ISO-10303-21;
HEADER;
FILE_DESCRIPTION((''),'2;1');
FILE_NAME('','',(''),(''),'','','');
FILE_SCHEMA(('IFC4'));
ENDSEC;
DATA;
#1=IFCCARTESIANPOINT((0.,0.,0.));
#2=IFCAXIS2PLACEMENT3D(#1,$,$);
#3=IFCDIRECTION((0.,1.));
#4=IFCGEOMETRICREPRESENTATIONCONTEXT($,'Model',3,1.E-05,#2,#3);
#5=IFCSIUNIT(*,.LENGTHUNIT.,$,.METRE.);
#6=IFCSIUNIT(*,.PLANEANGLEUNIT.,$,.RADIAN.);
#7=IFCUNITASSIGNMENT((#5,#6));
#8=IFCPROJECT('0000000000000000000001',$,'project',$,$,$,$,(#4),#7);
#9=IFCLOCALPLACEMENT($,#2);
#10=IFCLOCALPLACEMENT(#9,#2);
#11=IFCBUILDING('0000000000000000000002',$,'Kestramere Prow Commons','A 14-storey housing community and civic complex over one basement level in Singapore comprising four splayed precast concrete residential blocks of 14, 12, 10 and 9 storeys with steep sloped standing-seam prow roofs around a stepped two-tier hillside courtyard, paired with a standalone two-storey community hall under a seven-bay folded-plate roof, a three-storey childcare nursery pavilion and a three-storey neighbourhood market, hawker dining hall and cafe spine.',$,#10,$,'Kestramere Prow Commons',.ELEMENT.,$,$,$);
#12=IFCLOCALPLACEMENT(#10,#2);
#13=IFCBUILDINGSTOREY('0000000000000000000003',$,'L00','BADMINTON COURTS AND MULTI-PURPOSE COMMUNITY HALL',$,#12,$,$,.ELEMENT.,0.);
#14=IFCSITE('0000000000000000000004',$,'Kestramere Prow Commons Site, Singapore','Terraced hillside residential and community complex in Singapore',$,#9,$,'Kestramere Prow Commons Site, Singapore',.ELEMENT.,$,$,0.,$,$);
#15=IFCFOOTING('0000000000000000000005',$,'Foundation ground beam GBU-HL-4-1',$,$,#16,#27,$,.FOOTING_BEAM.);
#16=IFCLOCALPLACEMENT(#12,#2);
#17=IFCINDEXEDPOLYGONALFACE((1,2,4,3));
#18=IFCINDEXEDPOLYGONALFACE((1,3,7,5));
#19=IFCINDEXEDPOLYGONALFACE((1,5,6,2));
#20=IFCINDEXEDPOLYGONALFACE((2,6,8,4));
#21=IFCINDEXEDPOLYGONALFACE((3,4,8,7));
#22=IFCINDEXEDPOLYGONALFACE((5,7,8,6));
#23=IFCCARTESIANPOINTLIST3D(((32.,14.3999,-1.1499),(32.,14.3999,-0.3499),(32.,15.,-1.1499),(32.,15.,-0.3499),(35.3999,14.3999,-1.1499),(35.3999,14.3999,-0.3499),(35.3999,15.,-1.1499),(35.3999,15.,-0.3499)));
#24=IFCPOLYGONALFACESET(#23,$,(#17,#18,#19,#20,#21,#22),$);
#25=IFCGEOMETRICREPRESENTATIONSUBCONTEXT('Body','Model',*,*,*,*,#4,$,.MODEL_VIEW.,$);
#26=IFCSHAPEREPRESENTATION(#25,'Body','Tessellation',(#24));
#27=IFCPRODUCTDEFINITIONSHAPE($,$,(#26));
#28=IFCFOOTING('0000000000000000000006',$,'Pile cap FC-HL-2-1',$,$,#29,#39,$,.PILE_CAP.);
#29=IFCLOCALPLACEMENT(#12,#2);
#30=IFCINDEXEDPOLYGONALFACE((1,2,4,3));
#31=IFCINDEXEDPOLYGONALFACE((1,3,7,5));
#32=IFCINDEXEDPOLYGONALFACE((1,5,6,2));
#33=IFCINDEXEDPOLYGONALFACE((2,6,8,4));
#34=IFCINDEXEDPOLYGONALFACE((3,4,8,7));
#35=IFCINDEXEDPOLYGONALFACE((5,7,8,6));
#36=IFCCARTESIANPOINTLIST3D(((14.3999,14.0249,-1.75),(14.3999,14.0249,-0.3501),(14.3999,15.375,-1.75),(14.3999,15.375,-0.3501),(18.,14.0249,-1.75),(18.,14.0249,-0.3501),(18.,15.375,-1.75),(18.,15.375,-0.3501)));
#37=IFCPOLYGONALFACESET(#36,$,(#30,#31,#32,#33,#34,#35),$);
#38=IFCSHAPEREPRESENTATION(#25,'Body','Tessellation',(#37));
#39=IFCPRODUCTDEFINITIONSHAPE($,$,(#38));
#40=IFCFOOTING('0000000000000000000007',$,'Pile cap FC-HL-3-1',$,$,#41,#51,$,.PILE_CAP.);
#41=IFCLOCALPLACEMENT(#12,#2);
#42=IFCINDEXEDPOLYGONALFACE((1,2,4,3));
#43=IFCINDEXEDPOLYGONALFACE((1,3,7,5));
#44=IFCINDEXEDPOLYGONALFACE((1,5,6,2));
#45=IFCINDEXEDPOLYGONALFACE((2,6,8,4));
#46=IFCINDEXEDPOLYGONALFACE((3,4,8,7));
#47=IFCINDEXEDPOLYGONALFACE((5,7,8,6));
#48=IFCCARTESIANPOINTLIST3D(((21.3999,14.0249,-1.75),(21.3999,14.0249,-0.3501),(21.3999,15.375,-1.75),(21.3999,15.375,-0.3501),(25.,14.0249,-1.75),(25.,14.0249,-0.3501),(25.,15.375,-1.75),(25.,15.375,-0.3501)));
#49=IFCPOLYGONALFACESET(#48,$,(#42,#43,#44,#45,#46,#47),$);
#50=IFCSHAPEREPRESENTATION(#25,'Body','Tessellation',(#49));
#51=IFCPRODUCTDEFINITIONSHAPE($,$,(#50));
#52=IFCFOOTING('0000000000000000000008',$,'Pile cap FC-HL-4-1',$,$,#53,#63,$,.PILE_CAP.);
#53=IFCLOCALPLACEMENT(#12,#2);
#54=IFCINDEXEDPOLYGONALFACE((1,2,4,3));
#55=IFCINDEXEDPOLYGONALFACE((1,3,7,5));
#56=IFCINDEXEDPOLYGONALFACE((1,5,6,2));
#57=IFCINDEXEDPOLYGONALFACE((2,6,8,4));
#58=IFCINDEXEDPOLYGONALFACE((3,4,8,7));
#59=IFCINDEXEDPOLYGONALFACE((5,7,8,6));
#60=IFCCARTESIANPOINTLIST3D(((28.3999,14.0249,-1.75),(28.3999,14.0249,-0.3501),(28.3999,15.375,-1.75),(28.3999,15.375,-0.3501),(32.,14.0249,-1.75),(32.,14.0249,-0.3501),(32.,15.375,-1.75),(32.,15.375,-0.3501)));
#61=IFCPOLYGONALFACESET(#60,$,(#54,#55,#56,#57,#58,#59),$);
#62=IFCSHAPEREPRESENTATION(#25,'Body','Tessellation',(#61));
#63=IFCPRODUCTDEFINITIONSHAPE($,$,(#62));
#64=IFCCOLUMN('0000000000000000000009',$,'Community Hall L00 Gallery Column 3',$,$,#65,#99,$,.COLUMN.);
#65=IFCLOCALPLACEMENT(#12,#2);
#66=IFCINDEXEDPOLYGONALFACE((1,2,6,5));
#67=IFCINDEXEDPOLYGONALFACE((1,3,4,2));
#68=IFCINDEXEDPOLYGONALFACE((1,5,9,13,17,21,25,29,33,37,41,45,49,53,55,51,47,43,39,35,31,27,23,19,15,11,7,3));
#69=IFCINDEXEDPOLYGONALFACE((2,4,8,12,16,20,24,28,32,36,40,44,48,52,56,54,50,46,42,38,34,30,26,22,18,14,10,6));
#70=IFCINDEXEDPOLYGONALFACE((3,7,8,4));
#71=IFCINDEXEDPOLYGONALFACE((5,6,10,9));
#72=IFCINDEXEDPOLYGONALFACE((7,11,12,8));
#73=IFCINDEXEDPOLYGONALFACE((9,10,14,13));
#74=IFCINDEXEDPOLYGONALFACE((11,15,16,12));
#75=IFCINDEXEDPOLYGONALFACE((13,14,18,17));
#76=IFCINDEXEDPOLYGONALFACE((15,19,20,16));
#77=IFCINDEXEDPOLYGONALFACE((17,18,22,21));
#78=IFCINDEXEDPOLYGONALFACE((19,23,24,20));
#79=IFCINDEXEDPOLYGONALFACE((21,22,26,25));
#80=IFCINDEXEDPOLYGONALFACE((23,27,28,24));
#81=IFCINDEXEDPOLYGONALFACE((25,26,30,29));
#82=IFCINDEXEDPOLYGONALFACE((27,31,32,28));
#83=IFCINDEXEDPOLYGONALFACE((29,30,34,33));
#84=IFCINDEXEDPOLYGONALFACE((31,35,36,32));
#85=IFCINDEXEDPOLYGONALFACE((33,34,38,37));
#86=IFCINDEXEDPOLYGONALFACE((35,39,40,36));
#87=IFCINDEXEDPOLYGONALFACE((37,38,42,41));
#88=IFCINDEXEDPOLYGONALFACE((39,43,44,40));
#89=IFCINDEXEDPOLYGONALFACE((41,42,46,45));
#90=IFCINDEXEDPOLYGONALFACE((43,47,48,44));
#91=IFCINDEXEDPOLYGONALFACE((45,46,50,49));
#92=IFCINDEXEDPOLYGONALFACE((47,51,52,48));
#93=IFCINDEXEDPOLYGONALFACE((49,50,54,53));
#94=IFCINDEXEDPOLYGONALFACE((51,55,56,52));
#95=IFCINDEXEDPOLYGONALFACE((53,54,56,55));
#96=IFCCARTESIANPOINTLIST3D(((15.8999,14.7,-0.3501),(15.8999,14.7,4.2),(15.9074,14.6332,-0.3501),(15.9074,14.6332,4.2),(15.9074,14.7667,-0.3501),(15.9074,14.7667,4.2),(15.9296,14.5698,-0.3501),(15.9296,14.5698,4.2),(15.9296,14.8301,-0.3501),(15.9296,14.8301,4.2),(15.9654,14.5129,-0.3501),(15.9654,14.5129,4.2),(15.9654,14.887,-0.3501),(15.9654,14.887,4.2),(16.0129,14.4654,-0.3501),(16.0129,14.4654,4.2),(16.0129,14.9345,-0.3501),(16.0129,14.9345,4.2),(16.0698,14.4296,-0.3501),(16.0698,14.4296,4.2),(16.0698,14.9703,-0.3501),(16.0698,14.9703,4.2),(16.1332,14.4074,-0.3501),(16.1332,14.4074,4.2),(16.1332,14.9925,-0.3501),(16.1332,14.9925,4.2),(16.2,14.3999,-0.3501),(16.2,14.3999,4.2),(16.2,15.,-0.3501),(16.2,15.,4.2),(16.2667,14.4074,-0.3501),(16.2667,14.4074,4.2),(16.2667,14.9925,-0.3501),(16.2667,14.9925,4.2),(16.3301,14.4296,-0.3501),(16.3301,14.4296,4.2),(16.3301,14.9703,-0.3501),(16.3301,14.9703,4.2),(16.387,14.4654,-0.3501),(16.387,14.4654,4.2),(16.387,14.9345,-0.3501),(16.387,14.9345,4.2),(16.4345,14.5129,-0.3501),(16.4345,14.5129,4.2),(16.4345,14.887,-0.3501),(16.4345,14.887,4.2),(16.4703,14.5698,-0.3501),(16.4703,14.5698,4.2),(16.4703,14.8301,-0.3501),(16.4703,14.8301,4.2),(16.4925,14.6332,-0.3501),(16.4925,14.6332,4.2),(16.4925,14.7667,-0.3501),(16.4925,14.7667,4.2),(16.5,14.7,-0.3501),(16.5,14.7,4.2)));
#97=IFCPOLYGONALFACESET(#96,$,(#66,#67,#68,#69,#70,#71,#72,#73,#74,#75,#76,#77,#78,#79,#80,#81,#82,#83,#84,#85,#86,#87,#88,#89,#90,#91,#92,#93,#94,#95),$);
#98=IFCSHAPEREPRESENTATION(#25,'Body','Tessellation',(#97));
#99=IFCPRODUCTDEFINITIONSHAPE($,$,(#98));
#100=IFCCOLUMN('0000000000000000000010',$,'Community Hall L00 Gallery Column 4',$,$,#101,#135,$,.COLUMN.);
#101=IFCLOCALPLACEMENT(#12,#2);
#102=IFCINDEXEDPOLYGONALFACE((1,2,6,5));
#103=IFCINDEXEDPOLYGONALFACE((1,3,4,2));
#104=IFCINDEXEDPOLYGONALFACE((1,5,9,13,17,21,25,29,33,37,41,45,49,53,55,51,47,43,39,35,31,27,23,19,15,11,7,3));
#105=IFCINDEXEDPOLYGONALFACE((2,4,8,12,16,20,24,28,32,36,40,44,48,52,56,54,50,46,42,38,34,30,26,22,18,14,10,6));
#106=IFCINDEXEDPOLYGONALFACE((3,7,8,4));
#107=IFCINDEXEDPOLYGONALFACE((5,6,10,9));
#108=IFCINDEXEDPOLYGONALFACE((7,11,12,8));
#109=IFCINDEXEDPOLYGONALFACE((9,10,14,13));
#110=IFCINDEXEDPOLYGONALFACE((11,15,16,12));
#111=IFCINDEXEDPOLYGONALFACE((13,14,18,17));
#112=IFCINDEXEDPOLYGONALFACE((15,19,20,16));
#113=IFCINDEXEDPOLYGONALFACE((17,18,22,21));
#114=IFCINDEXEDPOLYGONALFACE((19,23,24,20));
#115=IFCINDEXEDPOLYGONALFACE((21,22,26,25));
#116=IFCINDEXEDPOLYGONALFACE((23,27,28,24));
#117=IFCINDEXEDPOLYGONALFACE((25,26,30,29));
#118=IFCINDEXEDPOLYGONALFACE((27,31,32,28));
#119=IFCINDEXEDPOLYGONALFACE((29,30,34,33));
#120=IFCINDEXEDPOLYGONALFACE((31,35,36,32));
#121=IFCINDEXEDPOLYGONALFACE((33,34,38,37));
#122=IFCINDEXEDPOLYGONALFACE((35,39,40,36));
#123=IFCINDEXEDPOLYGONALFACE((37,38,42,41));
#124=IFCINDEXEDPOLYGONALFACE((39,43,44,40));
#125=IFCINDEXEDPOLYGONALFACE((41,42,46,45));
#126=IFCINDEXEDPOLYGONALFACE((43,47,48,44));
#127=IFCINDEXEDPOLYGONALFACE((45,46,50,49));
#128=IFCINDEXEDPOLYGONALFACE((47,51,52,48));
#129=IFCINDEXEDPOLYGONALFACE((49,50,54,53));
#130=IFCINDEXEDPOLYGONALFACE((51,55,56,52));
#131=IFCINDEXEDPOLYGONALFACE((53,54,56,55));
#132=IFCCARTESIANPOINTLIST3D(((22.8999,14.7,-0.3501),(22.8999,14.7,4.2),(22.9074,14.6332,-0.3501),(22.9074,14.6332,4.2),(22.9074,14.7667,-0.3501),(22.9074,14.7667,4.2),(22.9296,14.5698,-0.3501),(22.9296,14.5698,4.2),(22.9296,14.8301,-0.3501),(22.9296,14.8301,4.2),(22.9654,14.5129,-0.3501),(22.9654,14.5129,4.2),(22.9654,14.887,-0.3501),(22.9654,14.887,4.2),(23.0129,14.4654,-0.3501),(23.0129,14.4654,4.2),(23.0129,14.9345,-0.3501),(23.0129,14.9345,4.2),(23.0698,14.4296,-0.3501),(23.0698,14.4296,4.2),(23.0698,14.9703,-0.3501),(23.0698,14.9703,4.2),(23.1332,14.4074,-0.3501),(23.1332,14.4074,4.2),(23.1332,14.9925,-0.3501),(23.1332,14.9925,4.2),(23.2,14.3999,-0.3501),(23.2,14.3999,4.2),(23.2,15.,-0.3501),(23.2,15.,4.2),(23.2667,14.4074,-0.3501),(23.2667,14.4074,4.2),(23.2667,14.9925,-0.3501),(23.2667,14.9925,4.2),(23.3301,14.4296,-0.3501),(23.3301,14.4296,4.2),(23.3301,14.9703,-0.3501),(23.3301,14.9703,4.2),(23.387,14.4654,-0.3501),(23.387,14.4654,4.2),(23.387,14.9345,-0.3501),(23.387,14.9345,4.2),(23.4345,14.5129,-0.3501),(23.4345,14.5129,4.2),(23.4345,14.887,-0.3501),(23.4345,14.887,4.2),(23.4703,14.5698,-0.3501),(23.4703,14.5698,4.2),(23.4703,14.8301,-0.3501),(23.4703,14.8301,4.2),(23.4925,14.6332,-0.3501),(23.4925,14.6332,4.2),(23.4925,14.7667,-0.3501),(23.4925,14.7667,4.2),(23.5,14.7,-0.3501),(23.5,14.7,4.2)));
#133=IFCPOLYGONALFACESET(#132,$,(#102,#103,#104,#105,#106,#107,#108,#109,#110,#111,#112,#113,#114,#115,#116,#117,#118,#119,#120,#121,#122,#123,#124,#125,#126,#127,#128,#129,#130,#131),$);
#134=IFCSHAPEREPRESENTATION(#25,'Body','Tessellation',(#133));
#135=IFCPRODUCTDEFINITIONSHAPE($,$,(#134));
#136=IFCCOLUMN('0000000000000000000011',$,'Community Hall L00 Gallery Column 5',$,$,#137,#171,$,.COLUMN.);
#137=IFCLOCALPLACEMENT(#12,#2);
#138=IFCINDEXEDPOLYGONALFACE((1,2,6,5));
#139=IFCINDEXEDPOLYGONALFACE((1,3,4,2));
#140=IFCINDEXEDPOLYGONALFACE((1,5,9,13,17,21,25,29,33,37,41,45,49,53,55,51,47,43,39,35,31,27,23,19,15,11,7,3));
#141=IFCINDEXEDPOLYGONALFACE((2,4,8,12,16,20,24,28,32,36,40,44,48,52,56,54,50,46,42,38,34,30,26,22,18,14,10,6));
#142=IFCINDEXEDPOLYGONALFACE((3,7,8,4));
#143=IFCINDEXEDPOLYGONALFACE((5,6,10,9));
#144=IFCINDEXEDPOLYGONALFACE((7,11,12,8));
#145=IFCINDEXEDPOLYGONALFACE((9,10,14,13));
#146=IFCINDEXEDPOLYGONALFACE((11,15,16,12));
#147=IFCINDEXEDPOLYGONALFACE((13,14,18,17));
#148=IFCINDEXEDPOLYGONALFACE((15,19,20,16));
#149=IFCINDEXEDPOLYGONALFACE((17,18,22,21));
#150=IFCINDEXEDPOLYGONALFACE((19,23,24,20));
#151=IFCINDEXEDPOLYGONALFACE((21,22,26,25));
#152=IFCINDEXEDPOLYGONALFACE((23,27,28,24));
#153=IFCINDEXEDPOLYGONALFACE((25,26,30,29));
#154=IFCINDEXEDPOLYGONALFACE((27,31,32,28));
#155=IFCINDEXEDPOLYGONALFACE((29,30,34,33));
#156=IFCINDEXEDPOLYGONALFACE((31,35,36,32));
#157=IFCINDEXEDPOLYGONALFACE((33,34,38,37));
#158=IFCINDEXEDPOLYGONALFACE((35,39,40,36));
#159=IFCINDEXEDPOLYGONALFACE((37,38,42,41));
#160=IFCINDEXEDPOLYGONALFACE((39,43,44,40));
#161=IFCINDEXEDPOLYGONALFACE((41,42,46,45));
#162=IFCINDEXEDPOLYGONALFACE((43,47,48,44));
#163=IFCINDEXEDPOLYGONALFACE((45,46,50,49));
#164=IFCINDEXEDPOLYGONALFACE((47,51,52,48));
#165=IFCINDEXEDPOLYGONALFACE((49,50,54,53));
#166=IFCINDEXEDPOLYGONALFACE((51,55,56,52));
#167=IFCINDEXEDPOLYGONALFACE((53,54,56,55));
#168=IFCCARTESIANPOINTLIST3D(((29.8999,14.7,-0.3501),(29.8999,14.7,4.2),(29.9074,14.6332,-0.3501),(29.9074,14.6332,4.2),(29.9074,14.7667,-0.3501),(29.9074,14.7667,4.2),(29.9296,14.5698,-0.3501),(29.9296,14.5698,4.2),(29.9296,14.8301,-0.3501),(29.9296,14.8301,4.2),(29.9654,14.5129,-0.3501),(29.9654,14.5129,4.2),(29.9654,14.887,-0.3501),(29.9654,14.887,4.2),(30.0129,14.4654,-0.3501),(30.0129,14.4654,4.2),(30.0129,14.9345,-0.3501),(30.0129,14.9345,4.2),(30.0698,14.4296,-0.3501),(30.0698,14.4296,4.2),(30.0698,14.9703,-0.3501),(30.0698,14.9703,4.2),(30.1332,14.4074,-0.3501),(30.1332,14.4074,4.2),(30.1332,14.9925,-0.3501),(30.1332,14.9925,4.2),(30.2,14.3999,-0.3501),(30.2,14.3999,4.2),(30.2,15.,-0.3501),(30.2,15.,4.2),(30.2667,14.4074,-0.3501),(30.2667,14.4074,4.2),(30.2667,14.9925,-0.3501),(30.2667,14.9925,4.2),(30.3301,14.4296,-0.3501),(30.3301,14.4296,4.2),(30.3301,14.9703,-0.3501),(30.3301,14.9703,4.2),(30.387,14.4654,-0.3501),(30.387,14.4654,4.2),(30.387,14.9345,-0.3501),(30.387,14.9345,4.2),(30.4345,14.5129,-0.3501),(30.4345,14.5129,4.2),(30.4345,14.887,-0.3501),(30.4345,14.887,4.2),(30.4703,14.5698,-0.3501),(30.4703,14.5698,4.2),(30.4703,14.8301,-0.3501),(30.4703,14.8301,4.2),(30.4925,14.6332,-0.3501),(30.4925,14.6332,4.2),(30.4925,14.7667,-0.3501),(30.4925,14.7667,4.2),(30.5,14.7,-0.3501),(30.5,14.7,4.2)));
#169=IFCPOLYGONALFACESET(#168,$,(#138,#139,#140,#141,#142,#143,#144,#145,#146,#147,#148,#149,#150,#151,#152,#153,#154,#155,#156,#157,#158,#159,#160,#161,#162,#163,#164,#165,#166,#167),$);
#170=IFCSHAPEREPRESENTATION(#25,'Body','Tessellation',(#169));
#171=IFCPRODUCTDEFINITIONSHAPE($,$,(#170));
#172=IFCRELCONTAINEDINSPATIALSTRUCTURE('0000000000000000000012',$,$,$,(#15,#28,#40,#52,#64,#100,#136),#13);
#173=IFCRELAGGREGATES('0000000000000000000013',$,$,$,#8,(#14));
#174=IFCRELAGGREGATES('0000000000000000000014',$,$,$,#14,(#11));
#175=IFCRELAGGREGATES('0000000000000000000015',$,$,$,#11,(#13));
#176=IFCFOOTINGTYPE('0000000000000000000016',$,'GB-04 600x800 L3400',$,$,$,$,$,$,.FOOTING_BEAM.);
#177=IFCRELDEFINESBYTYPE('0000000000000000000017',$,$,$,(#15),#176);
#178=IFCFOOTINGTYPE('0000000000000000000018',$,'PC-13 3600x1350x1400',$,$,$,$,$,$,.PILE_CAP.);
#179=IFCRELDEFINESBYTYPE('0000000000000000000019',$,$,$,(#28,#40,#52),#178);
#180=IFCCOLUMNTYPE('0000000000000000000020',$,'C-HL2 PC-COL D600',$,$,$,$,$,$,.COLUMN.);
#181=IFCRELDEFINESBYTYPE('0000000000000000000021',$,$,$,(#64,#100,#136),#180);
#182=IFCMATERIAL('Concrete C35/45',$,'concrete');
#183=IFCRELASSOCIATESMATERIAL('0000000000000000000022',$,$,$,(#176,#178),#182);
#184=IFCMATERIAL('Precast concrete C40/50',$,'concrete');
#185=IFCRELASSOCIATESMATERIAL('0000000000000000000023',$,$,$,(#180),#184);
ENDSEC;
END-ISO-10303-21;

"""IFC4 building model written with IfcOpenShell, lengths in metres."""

from ifc_helpers import new_model, si_unit, direction, frame, origin, origin_2d, place, context, subcontext, project, spatial, rectangle, circle, extrude, material, material_profile, profile_set, type_object, element, save


model = new_model("IFC4")

# Units and contexts
model_context = context("Model", 3, precision=1e-05, world=origin(), true_north=direction((0.0, 1.0)))
body_context = subcontext(model_context, "Body", "Model", "MODEL_VIEW")
ifc_project = project(units=[si_unit("LENGTHUNIT", "METRE"), si_unit("PLANEANGLEUNIT", "RADIAN")], contexts=[model_context])

# Site, building, storey
site_placement = place(None, origin())
site = spatial("IfcSite", under=ifc_project, at=site_placement, Name="Kestramere Prow Commons Site, Singapore", Description="Terraced hillside residential and community complex in Singapore", LongName="Kestramere Prow Commons Site, Singapore", CompositionType="ELEMENT", RefElevation=0.0)
building_placement = place(site_placement, origin())
building = spatial("IfcBuilding", under=site, at=building_placement, Name="Kestramere Prow Commons", Description="A 14-storey housing community and civic complex over one basement level in Singapore comprising four splayed precast concrete residential blocks of 14, 12, 10 and 9 storeys with steep sloped standing-seam prow roofs around a stepped two-tier hillside courtyard, paired with a standalone two-storey community hall under a seven-bay folded-plate roof, a three-storey childcare nursery pavilion and a three-storey neighbourhood market, hawker dining hall and cafe spine.", LongName="Kestramere Prow Commons", CompositionType="ELEMENT")
storey_placement = place(building_placement, origin())
storey = spatial("IfcBuildingStorey", under=building, at=storey_placement, Name="L00", Description="BADMINTON COURTS AND MULTI-PURPOSE COMMUNITY HALL", CompositionType="ELEMENT", Elevation=0.0)

# Shared definitions
ifc_material_1 = material(Name="Concrete C35/45", Category="concrete")

# Footings
footing_type_1 = type_object("IfcFootingType", Name="GB-04 600x800 L3400", PredefinedType="FOOTING_BEAM", material=ifc_material_1)
for number, where, z_axis, x_axis, name in (
    (1, (33.7, 14.7, -1.1499), (0.0, 0.0, 1.0), (1.0, 0.0, 0.0), "Foundation ground beam GBU-HL-4-1"),
):
    element("IfcFooting", number, at=place(storey_placement, frame(where, z_axis=z_axis, x_axis=x_axis)), inside=storey, type_object=footing_type_1, Name=name, PredefinedType="FOOTING_BEAM", context=body_context, shape_type="SweptSolid", body=[
        extrude(rectangle(XDim=3.3999, YDim=0.6001, at=origin_2d()), origin(), (0.0, 0.0, 1.0), 0.8),
    ])
footing_type_2 = type_object("IfcFootingType", Name="PC-13 3600x1350x1400", PredefinedType="PILE_CAP", material=ifc_material_1)
for number, where, z_axis, x_axis, name in (
    (2, (16.2, 14.7, -1.75), (0.0, 0.0, 1.0), (1.0, 0.0, 0.0), "Pile cap FC-HL-2-1"),
    (3, (23.2, 14.7, -1.75), (0.0, 0.0, 1.0), (1.0, 0.0, 0.0), "Pile cap FC-HL-3-1"),
    (4, (30.2, 14.7, -1.75), (0.0, 0.0, 1.0), (1.0, 0.0, 0.0), "Pile cap FC-HL-4-1"),
):
    element("IfcFooting", number, at=place(storey_placement, frame(where, z_axis=z_axis, x_axis=x_axis)), inside=storey, type_object=footing_type_2, Name=name, PredefinedType="PILE_CAP", context=body_context, shape_type="SweptSolid", body=[
        extrude(rectangle(XDim=3.6001, YDim=1.3501, at=origin_2d()), origin(), (0.0, 0.0, 1.0), 1.3999),
    ])

# Columns
ifc_material_2 = material(Name="Precast concrete C40/50", Category="concrete")
ifc_material_profile_1 = material_profile(ifc_material_2, circle(Radius=0.3, at=origin_2d()), Name="PC-COL D600")
ifc_profile_set_1 = profile_set([ifc_material_profile_1], Name="Precast concrete C40/50")
column_type = type_object("IfcColumnType", Name="C-HL2 PC-COL D600", PredefinedType="COLUMN", material=ifc_profile_set_1)
for number, where, z_axis, x_axis, name in (
    (5, (16.2, 14.7, -0.3501), (0.0, 0.0, 1.0), (1.0, 0.0, 0.0), "Community Hall L00 Gallery Column 3"),
    (6, (23.2, 14.7, -0.3501), (0.0, 0.0, 1.0), (1.0, 0.0, 0.0), "Community Hall L00 Gallery Column 4"),
    (7, (30.2, 14.7, -0.3501), (0.0, 0.0, 1.0), (1.0, 0.0, 0.0), "Community Hall L00 Gallery Column 5"),
):
    element("IfcColumn", number, at=place(storey_placement, frame(where, z_axis=z_axis, x_axis=x_axis)), inside=storey, type_object=column_type, Name=name, PredefinedType="COLUMN", context=body_context, shape_type="SweptSolid", body=[
        extrude(circle(Radius=0.3, at=origin_2d()), origin(), (0.0, 0.0, 1.0), 4.55),
    ])

save(model, "model.ifc")
